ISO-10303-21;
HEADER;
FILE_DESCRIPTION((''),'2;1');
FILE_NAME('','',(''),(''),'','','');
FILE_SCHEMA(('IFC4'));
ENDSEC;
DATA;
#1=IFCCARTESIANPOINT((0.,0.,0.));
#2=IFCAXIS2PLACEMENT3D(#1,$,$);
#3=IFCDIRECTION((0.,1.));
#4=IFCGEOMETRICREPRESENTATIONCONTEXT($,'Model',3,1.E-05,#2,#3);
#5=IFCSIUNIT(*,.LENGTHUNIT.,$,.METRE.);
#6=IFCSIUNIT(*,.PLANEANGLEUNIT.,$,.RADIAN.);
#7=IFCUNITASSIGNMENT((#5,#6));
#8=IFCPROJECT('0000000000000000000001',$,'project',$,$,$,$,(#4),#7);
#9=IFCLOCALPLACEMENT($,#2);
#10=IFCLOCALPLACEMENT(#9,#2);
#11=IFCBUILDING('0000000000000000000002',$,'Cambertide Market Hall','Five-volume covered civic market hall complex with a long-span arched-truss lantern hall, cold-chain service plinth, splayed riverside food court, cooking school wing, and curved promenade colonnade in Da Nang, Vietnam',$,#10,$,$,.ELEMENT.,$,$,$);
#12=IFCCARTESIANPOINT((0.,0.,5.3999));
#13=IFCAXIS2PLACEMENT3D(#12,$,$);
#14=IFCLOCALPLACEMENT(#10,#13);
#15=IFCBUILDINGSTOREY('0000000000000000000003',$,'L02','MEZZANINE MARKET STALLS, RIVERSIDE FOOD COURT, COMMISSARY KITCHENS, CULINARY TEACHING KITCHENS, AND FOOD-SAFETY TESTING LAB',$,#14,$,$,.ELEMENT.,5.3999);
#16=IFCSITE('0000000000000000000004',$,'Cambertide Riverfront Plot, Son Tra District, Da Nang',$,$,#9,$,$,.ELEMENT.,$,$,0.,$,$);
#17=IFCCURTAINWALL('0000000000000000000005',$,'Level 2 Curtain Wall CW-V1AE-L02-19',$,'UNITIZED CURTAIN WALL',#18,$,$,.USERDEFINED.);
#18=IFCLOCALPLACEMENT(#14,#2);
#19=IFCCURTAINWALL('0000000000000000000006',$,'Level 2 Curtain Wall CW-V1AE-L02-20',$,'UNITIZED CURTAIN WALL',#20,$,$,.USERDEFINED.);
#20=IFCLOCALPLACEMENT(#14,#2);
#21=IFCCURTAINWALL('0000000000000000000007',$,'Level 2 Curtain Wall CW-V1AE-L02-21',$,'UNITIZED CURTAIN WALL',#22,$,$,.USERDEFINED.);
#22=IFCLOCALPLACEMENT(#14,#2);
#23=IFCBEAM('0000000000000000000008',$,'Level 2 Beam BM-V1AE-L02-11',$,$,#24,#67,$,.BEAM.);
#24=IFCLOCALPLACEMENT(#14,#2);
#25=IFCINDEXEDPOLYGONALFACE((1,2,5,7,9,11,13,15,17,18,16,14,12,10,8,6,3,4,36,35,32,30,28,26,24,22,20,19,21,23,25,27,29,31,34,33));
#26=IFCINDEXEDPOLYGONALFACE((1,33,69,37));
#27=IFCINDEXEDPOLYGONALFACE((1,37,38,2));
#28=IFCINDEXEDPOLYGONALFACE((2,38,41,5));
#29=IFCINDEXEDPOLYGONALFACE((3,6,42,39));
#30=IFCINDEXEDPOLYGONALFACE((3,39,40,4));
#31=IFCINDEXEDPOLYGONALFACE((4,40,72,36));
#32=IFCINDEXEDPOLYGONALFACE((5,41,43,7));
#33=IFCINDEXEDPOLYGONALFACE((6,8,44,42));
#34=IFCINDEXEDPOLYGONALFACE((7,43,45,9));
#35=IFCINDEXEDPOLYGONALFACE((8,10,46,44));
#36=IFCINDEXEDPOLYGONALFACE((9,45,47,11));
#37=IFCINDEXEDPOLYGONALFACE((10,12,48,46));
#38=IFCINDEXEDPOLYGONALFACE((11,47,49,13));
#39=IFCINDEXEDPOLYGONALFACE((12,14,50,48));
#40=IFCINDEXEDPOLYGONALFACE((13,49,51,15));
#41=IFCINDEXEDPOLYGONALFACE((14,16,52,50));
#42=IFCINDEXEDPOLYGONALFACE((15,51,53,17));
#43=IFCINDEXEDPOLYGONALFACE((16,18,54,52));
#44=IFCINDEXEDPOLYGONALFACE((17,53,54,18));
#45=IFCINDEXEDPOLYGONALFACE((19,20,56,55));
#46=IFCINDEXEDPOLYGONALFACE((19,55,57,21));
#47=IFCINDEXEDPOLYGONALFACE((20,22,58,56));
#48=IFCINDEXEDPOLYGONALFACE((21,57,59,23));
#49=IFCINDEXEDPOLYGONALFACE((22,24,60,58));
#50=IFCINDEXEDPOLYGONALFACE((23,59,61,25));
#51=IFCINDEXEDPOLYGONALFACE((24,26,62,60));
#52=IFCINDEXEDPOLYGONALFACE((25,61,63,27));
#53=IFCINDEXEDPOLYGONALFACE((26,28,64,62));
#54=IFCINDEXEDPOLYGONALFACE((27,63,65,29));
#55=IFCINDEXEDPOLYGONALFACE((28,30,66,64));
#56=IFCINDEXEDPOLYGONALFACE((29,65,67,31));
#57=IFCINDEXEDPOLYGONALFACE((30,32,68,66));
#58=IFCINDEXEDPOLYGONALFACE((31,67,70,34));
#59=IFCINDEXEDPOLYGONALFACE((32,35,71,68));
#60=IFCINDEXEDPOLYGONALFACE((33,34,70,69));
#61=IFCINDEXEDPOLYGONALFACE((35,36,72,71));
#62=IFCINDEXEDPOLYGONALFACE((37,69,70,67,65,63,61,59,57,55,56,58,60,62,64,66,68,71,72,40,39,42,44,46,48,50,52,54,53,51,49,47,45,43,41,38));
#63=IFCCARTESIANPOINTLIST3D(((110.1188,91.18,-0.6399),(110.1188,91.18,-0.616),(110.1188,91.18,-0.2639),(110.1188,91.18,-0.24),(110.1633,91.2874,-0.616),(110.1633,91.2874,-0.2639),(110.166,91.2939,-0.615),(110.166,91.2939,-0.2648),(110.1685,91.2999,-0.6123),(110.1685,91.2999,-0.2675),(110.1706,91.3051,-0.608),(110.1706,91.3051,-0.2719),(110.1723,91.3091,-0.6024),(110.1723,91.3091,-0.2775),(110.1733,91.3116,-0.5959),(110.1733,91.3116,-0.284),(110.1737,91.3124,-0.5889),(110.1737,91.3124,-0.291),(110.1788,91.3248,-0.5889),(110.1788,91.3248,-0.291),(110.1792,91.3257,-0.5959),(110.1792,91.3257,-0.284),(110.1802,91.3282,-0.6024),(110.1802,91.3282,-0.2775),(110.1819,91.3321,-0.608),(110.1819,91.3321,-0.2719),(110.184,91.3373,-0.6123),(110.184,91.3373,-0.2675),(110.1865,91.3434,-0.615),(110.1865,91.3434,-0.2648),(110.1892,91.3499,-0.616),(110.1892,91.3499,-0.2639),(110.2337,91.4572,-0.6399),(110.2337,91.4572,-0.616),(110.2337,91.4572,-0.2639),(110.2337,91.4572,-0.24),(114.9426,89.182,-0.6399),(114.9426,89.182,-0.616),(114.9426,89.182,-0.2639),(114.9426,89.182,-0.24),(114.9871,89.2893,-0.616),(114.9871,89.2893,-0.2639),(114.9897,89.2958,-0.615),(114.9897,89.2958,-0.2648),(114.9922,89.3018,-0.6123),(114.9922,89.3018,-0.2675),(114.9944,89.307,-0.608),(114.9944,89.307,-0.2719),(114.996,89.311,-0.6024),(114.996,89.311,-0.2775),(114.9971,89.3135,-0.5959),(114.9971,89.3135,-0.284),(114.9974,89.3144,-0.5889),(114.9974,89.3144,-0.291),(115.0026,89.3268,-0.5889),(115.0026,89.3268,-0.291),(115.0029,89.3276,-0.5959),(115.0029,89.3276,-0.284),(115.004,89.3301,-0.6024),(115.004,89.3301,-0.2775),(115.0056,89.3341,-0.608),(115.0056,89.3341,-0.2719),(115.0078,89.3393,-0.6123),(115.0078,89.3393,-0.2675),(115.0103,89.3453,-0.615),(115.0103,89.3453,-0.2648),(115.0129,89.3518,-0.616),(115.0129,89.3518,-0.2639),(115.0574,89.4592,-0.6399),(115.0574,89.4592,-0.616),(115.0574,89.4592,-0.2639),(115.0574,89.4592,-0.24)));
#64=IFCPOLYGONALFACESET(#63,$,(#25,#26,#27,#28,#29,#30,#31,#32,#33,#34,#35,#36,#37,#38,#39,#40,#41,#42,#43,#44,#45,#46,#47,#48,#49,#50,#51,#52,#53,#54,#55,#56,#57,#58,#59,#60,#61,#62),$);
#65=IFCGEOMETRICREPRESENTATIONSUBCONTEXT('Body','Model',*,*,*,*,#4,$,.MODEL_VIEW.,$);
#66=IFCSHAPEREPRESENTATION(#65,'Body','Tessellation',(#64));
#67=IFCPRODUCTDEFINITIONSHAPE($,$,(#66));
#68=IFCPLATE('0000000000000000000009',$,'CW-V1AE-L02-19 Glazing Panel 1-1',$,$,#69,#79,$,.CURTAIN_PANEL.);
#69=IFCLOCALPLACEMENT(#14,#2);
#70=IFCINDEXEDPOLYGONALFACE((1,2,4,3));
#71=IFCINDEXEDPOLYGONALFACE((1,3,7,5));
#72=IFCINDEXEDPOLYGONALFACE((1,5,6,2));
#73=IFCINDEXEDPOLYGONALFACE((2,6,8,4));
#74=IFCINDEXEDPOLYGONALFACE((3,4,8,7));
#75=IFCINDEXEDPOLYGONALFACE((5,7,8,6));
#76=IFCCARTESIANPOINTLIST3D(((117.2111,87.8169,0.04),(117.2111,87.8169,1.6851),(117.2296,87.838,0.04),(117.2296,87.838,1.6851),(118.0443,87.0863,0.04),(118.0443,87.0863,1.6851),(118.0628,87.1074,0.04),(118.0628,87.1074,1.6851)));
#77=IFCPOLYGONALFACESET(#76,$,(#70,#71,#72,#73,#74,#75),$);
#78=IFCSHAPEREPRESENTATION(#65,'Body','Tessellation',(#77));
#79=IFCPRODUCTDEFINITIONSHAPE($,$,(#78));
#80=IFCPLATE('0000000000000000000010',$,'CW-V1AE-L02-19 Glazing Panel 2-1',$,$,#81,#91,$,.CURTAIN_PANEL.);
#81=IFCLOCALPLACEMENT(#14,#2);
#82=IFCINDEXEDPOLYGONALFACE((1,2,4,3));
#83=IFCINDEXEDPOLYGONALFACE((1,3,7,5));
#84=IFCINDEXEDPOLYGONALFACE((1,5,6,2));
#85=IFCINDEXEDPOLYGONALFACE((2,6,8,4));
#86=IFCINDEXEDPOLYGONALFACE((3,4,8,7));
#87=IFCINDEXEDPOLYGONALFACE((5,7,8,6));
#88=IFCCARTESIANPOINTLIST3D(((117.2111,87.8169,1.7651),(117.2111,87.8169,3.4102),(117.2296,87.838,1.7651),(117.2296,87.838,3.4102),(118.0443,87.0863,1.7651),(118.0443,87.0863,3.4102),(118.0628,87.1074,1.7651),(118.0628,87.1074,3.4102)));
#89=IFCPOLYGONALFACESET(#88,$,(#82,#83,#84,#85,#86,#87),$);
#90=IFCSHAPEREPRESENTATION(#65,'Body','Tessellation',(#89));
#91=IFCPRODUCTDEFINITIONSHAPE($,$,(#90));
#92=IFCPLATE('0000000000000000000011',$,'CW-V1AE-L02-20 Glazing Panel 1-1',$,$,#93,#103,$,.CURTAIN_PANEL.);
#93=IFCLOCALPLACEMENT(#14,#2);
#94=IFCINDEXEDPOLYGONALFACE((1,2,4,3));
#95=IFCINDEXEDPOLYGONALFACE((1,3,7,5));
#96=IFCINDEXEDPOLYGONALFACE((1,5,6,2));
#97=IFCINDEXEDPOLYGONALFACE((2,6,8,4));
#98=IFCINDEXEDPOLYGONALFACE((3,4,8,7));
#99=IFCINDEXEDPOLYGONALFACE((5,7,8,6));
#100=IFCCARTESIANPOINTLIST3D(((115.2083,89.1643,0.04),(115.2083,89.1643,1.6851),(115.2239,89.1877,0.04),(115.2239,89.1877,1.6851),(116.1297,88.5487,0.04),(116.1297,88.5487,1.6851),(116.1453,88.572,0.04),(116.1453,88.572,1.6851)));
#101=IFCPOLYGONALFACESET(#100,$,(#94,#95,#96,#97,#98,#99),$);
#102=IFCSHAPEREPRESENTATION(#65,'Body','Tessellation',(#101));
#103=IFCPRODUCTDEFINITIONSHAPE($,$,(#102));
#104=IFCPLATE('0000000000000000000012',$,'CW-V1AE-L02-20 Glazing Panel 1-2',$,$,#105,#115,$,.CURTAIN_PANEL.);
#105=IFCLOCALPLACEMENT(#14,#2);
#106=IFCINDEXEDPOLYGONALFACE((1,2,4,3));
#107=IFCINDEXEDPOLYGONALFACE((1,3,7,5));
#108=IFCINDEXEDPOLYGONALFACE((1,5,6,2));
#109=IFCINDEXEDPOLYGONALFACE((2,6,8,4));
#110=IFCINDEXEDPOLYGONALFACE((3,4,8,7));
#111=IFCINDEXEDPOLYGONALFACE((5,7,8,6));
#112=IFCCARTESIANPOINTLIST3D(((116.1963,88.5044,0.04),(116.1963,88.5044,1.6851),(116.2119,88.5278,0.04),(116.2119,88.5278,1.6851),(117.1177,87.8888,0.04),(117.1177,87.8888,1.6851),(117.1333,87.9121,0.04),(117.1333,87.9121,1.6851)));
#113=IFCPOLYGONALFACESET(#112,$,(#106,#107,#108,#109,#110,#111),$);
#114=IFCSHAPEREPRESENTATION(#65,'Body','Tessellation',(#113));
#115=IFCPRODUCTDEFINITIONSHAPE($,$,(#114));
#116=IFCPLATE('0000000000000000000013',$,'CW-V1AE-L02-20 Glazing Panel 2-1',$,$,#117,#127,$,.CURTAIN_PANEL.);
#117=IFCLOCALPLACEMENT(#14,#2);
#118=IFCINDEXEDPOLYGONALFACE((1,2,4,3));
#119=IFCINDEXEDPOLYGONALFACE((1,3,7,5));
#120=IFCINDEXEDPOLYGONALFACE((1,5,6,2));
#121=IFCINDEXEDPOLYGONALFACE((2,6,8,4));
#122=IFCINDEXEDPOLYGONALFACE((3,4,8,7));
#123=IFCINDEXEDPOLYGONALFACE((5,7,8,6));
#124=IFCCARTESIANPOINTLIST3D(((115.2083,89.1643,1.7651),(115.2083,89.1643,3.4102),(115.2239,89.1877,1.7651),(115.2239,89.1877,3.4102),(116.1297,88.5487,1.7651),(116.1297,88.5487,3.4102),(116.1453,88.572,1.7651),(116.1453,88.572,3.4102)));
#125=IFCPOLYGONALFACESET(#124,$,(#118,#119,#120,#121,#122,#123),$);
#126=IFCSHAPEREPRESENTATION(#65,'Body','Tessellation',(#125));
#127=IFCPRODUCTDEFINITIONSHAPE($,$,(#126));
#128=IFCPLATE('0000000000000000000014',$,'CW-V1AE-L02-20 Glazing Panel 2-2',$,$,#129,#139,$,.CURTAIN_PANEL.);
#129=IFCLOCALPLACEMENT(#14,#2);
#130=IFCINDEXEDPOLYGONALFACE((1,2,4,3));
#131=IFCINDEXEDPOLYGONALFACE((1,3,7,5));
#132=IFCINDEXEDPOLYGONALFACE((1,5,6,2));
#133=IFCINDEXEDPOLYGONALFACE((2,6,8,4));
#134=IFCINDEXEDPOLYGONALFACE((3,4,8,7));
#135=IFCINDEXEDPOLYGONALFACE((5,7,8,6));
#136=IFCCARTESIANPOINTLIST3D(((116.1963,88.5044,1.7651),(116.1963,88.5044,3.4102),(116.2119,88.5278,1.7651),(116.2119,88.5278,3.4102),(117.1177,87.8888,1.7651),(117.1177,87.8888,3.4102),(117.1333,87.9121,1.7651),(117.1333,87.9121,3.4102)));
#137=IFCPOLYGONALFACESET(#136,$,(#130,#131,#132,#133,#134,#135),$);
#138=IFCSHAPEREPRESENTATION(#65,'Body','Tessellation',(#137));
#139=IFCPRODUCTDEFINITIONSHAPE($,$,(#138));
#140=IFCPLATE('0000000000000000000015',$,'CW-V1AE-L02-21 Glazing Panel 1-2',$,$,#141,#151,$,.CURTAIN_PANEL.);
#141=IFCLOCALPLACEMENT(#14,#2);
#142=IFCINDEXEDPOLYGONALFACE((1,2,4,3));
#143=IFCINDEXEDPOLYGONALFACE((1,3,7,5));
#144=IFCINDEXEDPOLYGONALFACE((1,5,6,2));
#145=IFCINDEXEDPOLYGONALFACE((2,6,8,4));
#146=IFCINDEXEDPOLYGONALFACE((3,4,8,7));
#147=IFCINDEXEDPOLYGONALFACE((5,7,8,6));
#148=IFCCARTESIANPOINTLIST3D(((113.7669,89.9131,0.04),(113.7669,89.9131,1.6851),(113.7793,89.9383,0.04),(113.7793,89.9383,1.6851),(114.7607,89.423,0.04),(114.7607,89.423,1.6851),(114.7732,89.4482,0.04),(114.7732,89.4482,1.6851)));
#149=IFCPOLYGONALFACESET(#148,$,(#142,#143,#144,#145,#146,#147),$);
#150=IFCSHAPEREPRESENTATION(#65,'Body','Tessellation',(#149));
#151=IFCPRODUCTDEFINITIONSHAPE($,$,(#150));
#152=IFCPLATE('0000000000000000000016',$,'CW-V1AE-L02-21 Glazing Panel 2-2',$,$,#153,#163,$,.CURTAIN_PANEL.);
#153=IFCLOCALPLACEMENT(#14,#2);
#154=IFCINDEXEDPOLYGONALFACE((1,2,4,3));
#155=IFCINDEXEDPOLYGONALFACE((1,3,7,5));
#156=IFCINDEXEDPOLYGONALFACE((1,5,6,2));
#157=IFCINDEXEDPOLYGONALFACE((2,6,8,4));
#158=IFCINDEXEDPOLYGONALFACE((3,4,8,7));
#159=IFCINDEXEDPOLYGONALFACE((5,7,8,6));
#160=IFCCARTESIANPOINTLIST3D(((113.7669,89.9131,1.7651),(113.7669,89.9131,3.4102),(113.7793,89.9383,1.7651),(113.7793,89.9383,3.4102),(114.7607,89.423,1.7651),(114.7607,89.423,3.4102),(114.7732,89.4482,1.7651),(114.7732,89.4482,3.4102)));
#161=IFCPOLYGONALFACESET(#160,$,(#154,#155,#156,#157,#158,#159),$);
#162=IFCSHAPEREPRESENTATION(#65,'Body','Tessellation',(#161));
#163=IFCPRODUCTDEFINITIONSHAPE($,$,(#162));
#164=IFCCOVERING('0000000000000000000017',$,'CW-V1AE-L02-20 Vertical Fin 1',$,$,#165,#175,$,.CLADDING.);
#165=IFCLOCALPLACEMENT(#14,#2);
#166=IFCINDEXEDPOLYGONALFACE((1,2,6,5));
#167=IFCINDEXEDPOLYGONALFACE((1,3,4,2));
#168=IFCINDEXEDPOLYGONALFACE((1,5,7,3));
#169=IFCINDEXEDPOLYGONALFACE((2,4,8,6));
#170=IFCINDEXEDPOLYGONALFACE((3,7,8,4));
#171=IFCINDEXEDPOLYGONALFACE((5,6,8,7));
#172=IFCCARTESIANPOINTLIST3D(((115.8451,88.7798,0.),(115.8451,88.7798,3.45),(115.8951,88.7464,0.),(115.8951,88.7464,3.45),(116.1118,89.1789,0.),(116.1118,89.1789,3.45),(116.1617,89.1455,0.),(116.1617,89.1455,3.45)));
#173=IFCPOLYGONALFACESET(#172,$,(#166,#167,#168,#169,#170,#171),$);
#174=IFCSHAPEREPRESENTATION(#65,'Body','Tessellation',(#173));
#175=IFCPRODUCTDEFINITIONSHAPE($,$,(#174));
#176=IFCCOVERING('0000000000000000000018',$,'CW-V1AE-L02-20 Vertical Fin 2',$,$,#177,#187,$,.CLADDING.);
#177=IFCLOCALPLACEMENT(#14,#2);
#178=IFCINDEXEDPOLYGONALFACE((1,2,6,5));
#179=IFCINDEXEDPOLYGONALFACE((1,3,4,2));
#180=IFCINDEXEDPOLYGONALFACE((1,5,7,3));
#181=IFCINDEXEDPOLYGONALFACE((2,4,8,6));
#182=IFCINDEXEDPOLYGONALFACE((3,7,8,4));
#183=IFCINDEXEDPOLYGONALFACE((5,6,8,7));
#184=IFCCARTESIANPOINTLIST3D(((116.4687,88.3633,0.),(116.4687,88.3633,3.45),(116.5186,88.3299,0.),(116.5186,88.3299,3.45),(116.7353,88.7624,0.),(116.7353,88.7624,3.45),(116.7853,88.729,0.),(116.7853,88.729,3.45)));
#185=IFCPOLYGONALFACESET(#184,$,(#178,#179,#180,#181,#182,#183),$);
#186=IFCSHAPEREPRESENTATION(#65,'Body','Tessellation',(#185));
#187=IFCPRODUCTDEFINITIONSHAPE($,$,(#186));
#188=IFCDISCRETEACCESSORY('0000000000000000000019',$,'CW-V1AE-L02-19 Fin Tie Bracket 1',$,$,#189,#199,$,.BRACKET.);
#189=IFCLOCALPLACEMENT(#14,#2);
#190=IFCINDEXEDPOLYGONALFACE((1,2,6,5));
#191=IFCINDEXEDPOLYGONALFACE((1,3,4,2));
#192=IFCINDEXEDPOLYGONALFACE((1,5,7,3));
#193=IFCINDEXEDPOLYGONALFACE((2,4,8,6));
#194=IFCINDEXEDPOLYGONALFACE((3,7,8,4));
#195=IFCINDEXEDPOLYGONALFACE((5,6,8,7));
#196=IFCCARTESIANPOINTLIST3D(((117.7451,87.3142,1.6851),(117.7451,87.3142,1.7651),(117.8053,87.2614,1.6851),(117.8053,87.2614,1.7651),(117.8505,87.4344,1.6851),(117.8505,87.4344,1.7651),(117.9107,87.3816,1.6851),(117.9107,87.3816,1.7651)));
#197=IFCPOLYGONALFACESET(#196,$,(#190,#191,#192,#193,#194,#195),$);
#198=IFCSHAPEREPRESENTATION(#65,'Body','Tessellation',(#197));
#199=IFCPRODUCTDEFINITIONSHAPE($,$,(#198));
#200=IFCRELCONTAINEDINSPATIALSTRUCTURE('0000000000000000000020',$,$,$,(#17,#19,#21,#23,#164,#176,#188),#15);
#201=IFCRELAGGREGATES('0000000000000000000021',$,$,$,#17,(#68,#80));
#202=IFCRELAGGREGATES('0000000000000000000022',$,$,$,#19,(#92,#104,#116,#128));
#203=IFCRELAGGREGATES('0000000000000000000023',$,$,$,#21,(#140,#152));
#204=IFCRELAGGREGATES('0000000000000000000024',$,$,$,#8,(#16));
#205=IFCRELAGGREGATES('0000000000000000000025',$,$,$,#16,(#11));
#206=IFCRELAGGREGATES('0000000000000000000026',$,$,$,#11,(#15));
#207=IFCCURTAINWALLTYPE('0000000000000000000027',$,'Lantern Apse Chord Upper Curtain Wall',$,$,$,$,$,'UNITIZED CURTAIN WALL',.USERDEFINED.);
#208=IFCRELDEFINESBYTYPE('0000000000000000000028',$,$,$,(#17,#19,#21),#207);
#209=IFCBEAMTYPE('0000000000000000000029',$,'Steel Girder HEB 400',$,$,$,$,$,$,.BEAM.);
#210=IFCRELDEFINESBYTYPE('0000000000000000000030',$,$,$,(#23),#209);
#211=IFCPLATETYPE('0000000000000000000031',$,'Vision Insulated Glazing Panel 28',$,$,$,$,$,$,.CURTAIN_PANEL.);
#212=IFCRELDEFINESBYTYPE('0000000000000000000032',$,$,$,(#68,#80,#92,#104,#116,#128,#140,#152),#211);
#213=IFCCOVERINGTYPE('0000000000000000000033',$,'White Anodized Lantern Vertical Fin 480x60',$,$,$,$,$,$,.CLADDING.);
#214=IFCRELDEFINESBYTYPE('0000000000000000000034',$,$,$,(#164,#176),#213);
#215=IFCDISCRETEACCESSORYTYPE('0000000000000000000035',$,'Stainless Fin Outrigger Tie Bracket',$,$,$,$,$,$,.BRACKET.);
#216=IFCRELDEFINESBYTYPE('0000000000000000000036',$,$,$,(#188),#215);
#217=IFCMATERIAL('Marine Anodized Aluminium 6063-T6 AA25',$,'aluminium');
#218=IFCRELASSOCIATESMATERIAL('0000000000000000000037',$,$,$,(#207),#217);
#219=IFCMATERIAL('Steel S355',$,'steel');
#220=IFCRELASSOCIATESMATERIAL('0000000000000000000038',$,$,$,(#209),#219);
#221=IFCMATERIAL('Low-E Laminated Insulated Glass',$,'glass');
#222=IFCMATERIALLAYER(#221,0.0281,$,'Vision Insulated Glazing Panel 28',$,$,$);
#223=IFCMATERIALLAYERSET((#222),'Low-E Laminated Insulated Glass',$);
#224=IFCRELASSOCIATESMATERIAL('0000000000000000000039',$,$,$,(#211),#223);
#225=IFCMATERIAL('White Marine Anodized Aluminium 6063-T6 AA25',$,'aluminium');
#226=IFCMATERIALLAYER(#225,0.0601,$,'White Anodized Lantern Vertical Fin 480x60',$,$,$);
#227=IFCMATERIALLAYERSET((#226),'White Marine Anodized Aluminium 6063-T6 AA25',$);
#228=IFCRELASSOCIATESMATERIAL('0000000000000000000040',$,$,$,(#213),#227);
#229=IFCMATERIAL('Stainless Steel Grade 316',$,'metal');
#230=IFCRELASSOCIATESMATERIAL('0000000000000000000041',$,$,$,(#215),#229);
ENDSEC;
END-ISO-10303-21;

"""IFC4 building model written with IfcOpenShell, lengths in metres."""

from ifc_helpers import new_model, si_unit, direction, frame, origin, origin_2d, place, context, subcontext, project, spatial, rectangle, i_section, extrude, material, layer, layer_set, material_profile, profile_set, type_object, element, aggregate, save


model = new_model("IFC4")

# Units and contexts
model_context = context("Model", 3, precision=1e-05, world=origin(), true_north=direction((0.0, 1.0)))
body_context = subcontext(model_context, "Body", "Model", "MODEL_VIEW")
ifc_project = project(units=[si_unit("LENGTHUNIT", "METRE"), si_unit("PLANEANGLEUNIT", "RADIAN")], contexts=[model_context])

# Site, building, storey
site_placement = place(None, origin())
site = spatial("IfcSite", under=ifc_project, at=site_placement, Name="Cambertide Riverfront Plot, Son Tra District, Da Nang", CompositionType="ELEMENT", RefElevation=0.0)
building_placement = place(site_placement, origin())
building = spatial("IfcBuilding", under=site, at=building_placement, Name="Cambertide Market Hall", Description="Five-volume covered civic market hall complex with a long-span arched-truss lantern hall, cold-chain service plinth, splayed riverside food court, cooking school wing, and curved promenade colonnade in Da Nang, Vietnam", CompositionType="ELEMENT")
storey_placement = place(building_placement, frame((0.0, 0.0, 5.3999)))
storey = spatial("IfcBuildingStorey", under=building, at=storey_placement, Name="L02", Description="MEZZANINE MARKET STALLS, RIVERSIDE FOOD COURT, COMMISSARY KITCHENS, CULINARY TEACHING KITCHENS, AND FOOD-SAFETY TESTING LAB", CompositionType="ELEMENT", Elevation=5.3999)

# Curtain wall
ifc_material_1 = material(Name="Marine Anodized Aluminium 6063-T6 AA25", Category="aluminium")
curtain_wall_type = type_object("IfcCurtainWallType", Name="Lantern Apse Chord Upper Curtain Wall", ElementType="UNITIZED CURTAIN WALL", PredefinedType="USERDEFINED", material=ifc_material_1)
curtain_wall_1_placement = place(storey_placement, origin())
curtain_wall_1 = element("IfcCurtainWall", 1, at=curtain_wall_1_placement, inside=storey, type_object=curtain_wall_type, Name="Level 2 Curtain Wall CW-V1AE-L02-19", ObjectType="UNITIZED CURTAIN WALL", PredefinedType="USERDEFINED")

# Curtain wall
curtain_wall_2_placement = place(storey_placement, origin())
curtain_wall_2 = element("IfcCurtainWall", 2, at=curtain_wall_2_placement, inside=storey, type_object=curtain_wall_type, Name="Level 2 Curtain Wall CW-V1AE-L02-20", ObjectType="UNITIZED CURTAIN WALL", PredefinedType="USERDEFINED")

# Curtain wall
curtain_wall_3_placement = place(storey_placement, origin())
curtain_wall_3 = element("IfcCurtainWall", 3, at=curtain_wall_3_placement, inside=storey, type_object=curtain_wall_type, Name="Level 2 Curtain Wall CW-V1AE-L02-21", ObjectType="UNITIZED CURTAIN WALL", PredefinedType="USERDEFINED")

# Beam
ifc_material_2 = material(Name="Steel S355", Category="steel")
ifc_material_profile_1 = material_profile(ifc_material_2, i_section(OverallWidth=0.3, OverallDepth=0.3999, WebThickness=0.0134, FlangeThickness=0.0239, FilletRadius=0.0271, at=origin_2d()), Name="HEB 400")
ifc_profile_set_1 = profile_set([ifc_material_profile_1], Name="Steel S355")
beam_type_1 = type_object("IfcBeamType", Name="Steel Girder HEB 400", PredefinedType="BEAM", material=ifc_profile_set_1)
beam_1_placement = place(storey_placement, frame((115.0, 89.3206, -0.4399), z_axis=(-0.92388, 0.382682, 0.0), x_axis=(-0.382682, -0.92388, 0.0)))
element("IfcBeam", 4, at=beam_1_placement, inside=storey, type_object=beam_type_1, Name="Level 2 Beam BM-V1AE-L02-11", PredefinedType="BEAM", context=body_context, shape_type="SweptSolid", body=[
    extrude(i_section(OverallWidth=0.3, OverallDepth=0.3999, WebThickness=0.0134, FlangeThickness=0.0239, FilletRadius=0.0271, at=origin_2d()), origin(), (0.0, 0.0, 1.0), 5.2212),
])

# Plates
ifc_material_3 = material(Name="Low-E Laminated Insulated Glass", Category="glass")
ifc_layer_1 = layer(ifc_material_3, 0.0281, Name="Vision Insulated Glazing Panel 28")
ifc_layer_set_1 = layer_set([ifc_layer_1], Name="Low-E Laminated Insulated Glass")
plate_type = type_object("IfcPlateType", Name="Vision Insulated Glazing Panel 28", PredefinedType="CURTAIN_PANEL", material=ifc_layer_set_1)
plate_1_placement = place(storey_placement, frame((117.637, 87.4622, 0.04), z_axis=(0.0, 0.0, 1.0), x_axis=(0.75184, -0.659346, 0.0)))
plate_1 = element("IfcPlate", 5, at=plate_1_placement, type_object=plate_type, Name="CW-V1AE-L02-19 Glazing Panel 1-1", PredefinedType="CURTAIN_PANEL", context=body_context, shape_type="SweptSolid", body=[
    extrude(rectangle(XDim=1.1082, YDim=0.0281, at=origin_2d()), origin(), (0.0, 0.0, 1.0), 1.645),
])
plate_2_placement = place(storey_placement, frame((117.637, 87.4622, 1.7651), z_axis=(0.0, 0.0, 1.0), x_axis=(0.75184, -0.659346, 0.0)))
plate_2 = element("IfcPlate", 6, at=plate_2_placement, type_object=plate_type, Name="CW-V1AE-L02-19 Glazing Panel 2-1", PredefinedType="CURTAIN_PANEL", context=body_context, shape_type="SweptSolid", body=[
    extrude(rectangle(XDim=1.1082, YDim=0.0281, at=origin_2d()), origin(), (0.0, 0.0, 1.0), 1.645),
])
aggregate(curtain_wall_1, [plate_1, plate_2])
plate_3_placement = place(storey_placement, frame((115.6768, 88.8682, 0.04), z_axis=(0.0, 0.0, 1.0), x_axis=(0.83147, -0.55557, 0.0)))
plate_3 = element("IfcPlate", 7, at=plate_3_placement, type_object=plate_type, Name="CW-V1AE-L02-20 Glazing Panel 1-1", PredefinedType="CURTAIN_PANEL", context=body_context, shape_type="SweptSolid", body=[
    extrude(rectangle(XDim=1.1082, YDim=0.0281, at=origin_2d()), origin(), (0.0, 0.0, 1.0), 1.645),
])
plate_4_placement = place(storey_placement, frame((116.6648, 88.2083, 0.04), z_axis=(0.0, 0.0, 1.0), x_axis=(0.83147, -0.55557, 0.0)))
plate_4 = element("IfcPlate", 8, at=plate_4_placement, type_object=plate_type, Name="CW-V1AE-L02-20 Glazing Panel 1-2", PredefinedType="CURTAIN_PANEL", context=body_context, shape_type="SweptSolid", body=[
    extrude(rectangle(XDim=1.1082, YDim=0.0281, at=origin_2d()), origin(), (0.0, 0.0, 1.0), 1.645),
])
plate_5_placement = place(storey_placement, frame((115.6768, 88.8682, 1.7651), z_axis=(0.0, 0.0, 1.0), x_axis=(0.83147, -0.55557, 0.0)))
plate_5 = element("IfcPlate", 9, at=plate_5_placement, type_object=plate_type, Name="CW-V1AE-L02-20 Glazing Panel 2-1", PredefinedType="CURTAIN_PANEL", context=body_context, shape_type="SweptSolid", body=[
    extrude(rectangle(XDim=1.1082, YDim=0.0281, at=origin_2d()), origin(), (0.0, 0.0, 1.0), 1.645),
])
plate_6_placement = place(storey_placement, frame((116.6648, 88.2083, 1.7651), z_axis=(0.0, 0.0, 1.0), x_axis=(0.83147, -0.55557, 0.0)))
plate_6 = element("IfcPlate", 10, at=plate_6_placement, type_object=plate_type, Name="CW-V1AE-L02-20 Glazing Panel 2-2", PredefinedType="CURTAIN_PANEL", context=body_context, shape_type="SweptSolid", body=[
    extrude(rectangle(XDim=1.1082, YDim=0.0281, at=origin_2d()), origin(), (0.0, 0.0, 1.0), 1.645),
])
aggregate(curtain_wall_2, [plate_3, plate_4, plate_5, plate_6])
plate_7_placement = place(storey_placement, frame((114.27, 89.6807, 0.04), z_axis=(0.0, 0.0, 1.0), x_axis=(0.896873, -0.442289, 0.0)))
plate_7 = element("IfcPlate", 11, at=plate_7_placement, type_object=plate_type, Name="CW-V1AE-L02-21 Glazing Panel 1-2", PredefinedType="CURTAIN_PANEL", context=body_context, shape_type="SweptSolid", body=[
    extrude(rectangle(XDim=1.1082, YDim=0.0281, at=origin_2d()), origin(), (0.0, 0.0, 1.0), 1.645),
])
plate_8_placement = place(storey_placement, frame((114.27, 89.6807, 1.7651), z_axis=(0.0, 0.0, 1.0), x_axis=(0.896873, -0.442289, 0.0)))
plate_8 = element("IfcPlate", 12, at=plate_8_placement, type_object=plate_type, Name="CW-V1AE-L02-21 Glazing Panel 2-2", PredefinedType="CURTAIN_PANEL", context=body_context, shape_type="SweptSolid", body=[
    extrude(rectangle(XDim=1.1082, YDim=0.0281, at=origin_2d()), origin(), (0.0, 0.0, 1.0), 1.645),
])
aggregate(curtain_wall_3, [plate_7, plate_8])

# Coverings
ifc_material_4 = material(Name="White Marine Anodized Aluminium 6063-T6 AA25", Category="aluminium")
ifc_layer_2 = layer(ifc_material_4, 0.0601, Name="White Anodized Lantern Vertical Fin 480x60")
ifc_layer_set_2 = layer_set([ifc_layer_2], Name="White Marine Anodized Aluminium 6063-T6 AA25")
covering_type = type_object("IfcCoveringType", Name="White Anodized Lantern Vertical Fin 480x60", PredefinedType="CLADDING", material=ifc_layer_set_2)
for number, where, z_axis, x_axis, name in (
    (13, (116.0034, 88.9626, 0.0), (0.0, 0.0, 1.0), (0.83147, -0.55557, 0.0), "CW-V1AE-L02-20 Vertical Fin 1"),
    (14, (116.627, 88.5461, 0.0), (0.0, 0.0, 1.0), (0.83147, -0.55557, 0.0), "CW-V1AE-L02-20 Vertical Fin 2"),
):
    element("IfcCovering", number, at=place(storey_placement, frame(where, z_axis=z_axis, x_axis=x_axis)), inside=storey, type_object=covering_type, Name=name, PredefinedType="CLADDING", context=body_context, shape_type="SweptSolid", body=[
        extrude(rectangle(XDim=0.0601, YDim=0.48, at=origin_2d()), origin(), (0.0, 0.0, 1.0), 3.45),
    ])

# Discrete accessory
ifc_material_5 = material(Name="Stainless Steel Grade 316", Category="metal")
discrete_accessory_type = type_object("IfcDiscreteAccessoryType", Name="Stainless Fin Outrigger Tie Bracket", PredefinedType="BRACKET", material=ifc_material_5)
for number, where, z_axis, x_axis, name in (
    (15, (117.8279, 87.3479, 1.6851), (0.0, 0.0, 1.0), (0.75184, -0.659346, 0.0), "CW-V1AE-L02-19 Fin Tie Bracket 1"),
):
    element("IfcDiscreteAccessory", number, at=place(storey_placement, frame(where, z_axis=z_axis, x_axis=x_axis)), inside=storey, type_object=discrete_accessory_type, Name=name, PredefinedType="BRACKET", context=body_context, shape_type="SweptSolid", body=[
        extrude(rectangle(XDim=0.0801, YDim=0.1599, at=origin_2d()), origin(), (0.0, 0.0, 1.0), 0.0801),
    ])

save(model, "model.ifc")
